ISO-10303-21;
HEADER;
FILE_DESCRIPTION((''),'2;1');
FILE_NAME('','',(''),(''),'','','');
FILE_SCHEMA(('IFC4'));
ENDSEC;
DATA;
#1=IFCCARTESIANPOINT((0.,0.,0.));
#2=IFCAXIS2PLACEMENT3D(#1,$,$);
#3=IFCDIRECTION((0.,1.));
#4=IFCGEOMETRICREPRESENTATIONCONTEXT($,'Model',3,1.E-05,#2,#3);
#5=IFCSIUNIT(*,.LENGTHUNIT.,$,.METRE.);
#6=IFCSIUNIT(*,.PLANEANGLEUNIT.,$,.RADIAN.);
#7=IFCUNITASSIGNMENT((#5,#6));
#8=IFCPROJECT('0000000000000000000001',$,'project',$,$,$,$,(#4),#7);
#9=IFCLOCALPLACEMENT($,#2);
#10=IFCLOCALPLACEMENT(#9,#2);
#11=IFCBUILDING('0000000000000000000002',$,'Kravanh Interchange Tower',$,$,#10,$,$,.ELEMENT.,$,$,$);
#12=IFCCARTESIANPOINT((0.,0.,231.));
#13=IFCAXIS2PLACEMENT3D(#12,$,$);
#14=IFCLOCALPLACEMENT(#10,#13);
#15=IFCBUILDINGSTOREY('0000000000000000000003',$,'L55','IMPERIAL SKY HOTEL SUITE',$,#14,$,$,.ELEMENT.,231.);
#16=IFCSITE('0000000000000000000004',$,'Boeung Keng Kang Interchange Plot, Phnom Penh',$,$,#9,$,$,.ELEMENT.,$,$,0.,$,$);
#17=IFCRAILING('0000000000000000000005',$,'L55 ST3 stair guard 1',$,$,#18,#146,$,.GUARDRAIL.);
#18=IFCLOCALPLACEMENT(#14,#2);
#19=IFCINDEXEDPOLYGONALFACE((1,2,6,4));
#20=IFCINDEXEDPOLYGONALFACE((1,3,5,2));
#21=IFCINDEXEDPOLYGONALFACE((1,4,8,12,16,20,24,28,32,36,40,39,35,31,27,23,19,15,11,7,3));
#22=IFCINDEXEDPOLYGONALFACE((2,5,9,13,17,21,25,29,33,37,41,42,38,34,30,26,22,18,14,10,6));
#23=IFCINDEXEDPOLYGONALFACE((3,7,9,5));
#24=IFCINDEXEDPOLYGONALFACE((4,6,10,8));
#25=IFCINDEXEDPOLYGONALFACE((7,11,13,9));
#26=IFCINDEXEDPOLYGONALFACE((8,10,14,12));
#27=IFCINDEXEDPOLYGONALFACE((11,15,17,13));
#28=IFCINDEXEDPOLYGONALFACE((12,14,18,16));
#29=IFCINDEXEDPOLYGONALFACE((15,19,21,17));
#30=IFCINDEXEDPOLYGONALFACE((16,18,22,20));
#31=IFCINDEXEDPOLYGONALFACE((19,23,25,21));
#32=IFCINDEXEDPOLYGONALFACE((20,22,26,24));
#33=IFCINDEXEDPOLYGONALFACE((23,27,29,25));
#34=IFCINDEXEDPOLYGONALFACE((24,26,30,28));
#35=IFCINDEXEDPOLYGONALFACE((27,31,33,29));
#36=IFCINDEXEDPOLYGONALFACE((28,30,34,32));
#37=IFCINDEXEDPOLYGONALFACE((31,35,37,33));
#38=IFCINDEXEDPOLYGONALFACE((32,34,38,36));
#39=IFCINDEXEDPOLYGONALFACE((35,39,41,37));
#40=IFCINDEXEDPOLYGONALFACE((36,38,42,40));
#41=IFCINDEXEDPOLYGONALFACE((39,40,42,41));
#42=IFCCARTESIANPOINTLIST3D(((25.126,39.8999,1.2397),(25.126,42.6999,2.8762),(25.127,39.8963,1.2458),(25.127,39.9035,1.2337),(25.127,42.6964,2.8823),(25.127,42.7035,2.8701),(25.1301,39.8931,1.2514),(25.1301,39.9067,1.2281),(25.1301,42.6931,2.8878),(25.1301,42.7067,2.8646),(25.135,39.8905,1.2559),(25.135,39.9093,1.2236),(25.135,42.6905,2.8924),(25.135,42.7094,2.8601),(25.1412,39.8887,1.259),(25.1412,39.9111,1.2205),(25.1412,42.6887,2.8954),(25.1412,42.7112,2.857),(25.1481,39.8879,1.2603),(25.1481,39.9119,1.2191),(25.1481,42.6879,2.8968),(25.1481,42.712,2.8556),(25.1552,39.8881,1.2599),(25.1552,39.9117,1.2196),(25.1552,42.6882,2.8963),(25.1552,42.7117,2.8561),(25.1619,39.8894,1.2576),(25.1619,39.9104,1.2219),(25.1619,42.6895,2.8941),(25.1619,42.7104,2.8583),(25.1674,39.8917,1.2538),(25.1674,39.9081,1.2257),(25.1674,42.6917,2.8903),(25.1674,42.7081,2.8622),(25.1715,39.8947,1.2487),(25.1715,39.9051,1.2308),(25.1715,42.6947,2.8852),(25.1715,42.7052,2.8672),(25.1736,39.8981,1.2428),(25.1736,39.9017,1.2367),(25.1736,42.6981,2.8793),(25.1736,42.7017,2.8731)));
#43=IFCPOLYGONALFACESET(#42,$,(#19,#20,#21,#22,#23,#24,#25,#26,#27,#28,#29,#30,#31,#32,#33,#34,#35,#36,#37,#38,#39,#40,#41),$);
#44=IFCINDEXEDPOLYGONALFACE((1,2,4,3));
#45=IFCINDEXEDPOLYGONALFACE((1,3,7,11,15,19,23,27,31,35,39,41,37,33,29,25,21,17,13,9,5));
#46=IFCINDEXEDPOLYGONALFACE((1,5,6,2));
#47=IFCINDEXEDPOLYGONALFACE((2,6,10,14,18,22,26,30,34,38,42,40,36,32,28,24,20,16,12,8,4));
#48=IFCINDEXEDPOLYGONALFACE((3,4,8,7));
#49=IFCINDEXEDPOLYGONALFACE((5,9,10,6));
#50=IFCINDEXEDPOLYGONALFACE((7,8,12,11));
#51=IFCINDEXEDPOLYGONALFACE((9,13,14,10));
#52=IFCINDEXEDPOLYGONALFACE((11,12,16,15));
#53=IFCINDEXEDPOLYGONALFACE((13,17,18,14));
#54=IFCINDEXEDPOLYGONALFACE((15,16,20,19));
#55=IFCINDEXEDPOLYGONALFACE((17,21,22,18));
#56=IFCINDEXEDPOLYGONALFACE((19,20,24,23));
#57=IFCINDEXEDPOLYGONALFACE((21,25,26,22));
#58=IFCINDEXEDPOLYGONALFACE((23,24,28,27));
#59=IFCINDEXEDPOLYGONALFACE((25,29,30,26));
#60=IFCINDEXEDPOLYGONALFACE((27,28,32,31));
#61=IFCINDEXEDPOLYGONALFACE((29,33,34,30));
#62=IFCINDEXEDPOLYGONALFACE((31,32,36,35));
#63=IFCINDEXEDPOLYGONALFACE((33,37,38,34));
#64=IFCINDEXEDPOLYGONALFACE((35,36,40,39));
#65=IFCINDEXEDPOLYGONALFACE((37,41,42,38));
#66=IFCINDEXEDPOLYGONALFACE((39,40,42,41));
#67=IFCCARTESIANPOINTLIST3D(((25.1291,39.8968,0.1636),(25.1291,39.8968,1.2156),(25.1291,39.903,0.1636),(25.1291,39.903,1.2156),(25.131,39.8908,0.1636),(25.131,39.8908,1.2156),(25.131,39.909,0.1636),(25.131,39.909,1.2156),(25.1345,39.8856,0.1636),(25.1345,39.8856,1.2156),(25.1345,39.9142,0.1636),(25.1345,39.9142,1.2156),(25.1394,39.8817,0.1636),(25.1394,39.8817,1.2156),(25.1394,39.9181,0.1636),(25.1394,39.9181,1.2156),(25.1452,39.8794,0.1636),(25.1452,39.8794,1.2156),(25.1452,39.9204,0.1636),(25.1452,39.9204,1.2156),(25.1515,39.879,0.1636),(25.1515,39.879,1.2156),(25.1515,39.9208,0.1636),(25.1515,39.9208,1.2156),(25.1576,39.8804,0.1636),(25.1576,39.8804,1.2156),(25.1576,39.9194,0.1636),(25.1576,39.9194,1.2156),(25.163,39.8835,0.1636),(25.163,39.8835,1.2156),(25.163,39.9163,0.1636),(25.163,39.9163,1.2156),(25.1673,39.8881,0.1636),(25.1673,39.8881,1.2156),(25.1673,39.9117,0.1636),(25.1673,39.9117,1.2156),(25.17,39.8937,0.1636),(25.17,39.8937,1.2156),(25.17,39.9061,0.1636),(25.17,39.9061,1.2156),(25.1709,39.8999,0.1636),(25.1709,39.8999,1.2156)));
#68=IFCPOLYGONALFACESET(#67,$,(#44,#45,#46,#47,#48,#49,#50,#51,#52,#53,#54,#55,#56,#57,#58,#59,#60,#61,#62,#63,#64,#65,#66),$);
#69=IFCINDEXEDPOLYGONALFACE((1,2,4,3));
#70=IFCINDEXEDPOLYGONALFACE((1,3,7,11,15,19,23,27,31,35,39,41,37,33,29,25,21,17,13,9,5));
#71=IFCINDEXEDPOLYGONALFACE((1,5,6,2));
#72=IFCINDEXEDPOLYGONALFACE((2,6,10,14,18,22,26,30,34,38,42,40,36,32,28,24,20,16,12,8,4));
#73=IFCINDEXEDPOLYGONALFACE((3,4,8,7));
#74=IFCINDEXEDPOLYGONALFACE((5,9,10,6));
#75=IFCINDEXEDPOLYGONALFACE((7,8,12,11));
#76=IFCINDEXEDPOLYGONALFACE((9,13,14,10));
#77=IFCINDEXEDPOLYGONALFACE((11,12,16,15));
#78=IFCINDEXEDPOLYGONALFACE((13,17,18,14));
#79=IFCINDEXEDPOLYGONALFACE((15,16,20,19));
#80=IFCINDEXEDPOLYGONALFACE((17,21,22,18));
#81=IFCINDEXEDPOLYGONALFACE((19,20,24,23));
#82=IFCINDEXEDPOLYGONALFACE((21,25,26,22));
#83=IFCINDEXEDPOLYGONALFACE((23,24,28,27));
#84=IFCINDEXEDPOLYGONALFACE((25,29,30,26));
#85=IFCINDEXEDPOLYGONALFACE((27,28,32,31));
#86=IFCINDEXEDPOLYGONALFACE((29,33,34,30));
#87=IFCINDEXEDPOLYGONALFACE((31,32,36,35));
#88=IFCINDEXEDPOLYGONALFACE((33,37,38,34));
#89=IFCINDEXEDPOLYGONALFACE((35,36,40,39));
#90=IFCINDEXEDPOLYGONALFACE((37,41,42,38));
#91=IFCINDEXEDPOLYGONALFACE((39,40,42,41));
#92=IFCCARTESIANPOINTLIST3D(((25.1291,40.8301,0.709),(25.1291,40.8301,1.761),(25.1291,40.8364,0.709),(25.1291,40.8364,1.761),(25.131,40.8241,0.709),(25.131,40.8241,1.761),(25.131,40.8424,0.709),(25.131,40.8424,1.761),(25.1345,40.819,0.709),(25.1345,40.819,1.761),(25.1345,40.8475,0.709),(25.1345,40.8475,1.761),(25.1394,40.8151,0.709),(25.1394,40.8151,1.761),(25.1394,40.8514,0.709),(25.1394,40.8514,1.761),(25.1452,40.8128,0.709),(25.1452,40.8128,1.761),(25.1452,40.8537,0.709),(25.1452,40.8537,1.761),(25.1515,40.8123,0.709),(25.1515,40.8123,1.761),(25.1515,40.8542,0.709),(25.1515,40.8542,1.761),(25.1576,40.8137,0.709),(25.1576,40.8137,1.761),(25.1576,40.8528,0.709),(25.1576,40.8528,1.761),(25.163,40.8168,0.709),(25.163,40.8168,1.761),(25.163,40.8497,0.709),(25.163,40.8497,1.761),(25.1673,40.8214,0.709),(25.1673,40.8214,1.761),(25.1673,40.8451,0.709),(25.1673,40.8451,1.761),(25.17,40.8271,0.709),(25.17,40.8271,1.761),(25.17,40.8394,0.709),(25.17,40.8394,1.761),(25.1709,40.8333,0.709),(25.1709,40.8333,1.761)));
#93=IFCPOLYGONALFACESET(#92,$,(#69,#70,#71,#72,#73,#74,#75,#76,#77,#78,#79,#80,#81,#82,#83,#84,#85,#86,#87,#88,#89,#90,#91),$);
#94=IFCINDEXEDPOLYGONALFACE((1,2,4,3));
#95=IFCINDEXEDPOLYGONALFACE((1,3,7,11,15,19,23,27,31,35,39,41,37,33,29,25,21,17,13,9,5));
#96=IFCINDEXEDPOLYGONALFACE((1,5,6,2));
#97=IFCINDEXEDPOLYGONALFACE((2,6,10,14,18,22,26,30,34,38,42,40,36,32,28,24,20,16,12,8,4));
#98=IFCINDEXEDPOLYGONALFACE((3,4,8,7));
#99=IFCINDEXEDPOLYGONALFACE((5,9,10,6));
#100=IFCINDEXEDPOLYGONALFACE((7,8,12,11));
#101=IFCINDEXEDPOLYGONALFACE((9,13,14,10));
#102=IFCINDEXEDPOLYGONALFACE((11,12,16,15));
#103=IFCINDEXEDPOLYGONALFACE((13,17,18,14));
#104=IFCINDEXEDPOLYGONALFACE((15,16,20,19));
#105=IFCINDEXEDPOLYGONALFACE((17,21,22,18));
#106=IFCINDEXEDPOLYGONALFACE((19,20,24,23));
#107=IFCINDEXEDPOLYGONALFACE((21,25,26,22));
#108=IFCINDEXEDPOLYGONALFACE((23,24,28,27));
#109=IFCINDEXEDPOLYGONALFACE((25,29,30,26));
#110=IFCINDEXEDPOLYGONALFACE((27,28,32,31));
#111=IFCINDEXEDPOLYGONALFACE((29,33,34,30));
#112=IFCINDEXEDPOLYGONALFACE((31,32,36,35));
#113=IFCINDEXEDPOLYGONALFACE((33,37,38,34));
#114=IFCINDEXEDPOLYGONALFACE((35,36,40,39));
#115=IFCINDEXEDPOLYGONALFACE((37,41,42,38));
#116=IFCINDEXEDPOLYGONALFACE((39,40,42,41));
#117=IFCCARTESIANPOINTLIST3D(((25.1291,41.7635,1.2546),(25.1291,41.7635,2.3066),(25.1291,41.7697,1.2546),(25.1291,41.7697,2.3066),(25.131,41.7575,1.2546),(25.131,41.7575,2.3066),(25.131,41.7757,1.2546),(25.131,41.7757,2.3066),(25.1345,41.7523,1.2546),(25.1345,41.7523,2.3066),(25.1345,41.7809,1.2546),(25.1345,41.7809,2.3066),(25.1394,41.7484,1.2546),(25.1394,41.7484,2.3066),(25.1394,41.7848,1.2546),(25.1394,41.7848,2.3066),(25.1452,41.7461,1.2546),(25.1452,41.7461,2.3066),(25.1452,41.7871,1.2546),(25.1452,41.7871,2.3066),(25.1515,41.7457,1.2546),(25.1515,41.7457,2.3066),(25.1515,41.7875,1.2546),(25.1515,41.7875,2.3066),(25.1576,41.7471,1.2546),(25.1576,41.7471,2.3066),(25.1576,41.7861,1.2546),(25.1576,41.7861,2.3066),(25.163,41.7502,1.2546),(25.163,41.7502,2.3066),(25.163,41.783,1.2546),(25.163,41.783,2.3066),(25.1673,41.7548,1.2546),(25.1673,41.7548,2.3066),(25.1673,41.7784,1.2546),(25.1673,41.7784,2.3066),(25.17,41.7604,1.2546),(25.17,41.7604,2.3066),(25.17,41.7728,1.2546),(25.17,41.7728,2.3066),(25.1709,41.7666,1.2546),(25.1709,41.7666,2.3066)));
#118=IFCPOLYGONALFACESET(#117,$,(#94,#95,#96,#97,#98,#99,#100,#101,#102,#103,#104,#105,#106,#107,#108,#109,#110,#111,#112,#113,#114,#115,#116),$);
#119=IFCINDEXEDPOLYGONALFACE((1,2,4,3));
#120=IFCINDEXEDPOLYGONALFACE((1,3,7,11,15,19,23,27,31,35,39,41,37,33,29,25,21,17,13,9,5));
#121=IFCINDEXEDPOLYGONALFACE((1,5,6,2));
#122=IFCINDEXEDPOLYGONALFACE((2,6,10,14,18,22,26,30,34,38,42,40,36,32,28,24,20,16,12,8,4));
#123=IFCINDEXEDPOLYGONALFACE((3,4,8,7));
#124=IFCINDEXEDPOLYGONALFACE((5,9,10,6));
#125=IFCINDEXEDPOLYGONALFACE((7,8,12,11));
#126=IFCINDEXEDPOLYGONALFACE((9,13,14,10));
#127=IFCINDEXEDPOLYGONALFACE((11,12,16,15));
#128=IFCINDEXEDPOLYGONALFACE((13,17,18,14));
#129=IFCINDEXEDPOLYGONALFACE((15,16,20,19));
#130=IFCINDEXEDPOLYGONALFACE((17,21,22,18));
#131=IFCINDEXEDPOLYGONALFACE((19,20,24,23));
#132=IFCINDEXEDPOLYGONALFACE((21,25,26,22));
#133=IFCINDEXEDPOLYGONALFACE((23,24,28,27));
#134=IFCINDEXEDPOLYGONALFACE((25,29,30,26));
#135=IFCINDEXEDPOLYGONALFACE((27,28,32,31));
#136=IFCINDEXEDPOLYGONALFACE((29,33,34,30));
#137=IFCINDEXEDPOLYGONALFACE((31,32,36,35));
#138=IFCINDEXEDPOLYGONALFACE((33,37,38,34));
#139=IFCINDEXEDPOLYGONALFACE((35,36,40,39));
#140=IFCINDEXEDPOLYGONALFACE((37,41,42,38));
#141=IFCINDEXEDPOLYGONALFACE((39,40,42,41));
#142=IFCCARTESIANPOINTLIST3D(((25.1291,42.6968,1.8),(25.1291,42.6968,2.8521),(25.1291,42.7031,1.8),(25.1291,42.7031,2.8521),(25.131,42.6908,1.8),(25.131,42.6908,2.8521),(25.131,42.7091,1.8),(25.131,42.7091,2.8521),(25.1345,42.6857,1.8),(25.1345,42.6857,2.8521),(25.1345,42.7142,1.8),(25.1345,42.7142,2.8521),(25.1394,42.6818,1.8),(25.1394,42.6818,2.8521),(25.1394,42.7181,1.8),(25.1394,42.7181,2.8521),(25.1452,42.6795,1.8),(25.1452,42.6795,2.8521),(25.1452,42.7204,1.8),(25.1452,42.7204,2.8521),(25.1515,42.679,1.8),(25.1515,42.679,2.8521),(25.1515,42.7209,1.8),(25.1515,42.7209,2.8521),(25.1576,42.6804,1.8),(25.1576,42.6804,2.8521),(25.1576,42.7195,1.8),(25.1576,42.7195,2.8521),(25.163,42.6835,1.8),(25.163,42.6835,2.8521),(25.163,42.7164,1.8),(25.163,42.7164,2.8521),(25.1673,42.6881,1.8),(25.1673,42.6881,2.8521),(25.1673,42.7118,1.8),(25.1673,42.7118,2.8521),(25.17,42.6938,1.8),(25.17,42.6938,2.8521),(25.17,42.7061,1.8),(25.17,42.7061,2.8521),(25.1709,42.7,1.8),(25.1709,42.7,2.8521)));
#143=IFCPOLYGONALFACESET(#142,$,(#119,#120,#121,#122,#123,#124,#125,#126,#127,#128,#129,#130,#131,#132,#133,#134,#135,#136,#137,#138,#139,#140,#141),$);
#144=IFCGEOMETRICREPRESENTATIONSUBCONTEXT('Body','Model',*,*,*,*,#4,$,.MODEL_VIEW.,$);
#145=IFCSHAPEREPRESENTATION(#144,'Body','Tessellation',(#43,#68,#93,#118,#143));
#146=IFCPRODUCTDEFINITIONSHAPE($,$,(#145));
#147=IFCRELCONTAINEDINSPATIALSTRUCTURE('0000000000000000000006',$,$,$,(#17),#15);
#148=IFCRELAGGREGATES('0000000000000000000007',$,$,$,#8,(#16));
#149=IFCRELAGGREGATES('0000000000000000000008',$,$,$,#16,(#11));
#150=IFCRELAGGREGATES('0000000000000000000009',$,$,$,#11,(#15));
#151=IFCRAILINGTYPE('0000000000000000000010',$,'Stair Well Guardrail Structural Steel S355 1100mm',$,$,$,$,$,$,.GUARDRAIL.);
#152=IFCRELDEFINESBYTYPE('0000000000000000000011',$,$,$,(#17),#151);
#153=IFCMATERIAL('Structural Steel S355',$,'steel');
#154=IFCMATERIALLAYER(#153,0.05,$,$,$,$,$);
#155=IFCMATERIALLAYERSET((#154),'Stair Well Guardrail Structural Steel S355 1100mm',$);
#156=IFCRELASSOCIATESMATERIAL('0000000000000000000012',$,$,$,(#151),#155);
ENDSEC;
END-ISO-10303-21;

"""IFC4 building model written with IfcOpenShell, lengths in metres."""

from ifc_helpers import new_model, si_unit, direction, frame, origin, origin_2d, place, context, subcontext, project, spatial, circle, extrude, material, layer, layer_set, type_object, element, save


model = new_model("IFC4")

# Units and contexts
model_context = context("Model", 3, precision=1e-05, world=origin(), true_north=direction((0.0, 1.0)))
body_context = subcontext(model_context, "Body", "Model", "MODEL_VIEW")
ifc_project = project(units=[si_unit("LENGTHUNIT", "METRE"), si_unit("PLANEANGLEUNIT", "RADIAN")], contexts=[model_context])

# Site, building, storey
site_placement = place(None, origin())
site = spatial("IfcSite", under=ifc_project, at=site_placement, Name="Boeung Keng Kang Interchange Plot, Phnom Penh", CompositionType="ELEMENT", RefElevation=0.0)
building_placement = place(site_placement, origin())
building = spatial("IfcBuilding", under=site, at=building_placement, Name="Kravanh Interchange Tower", CompositionType="ELEMENT")
storey_placement = place(building_placement, frame((0.0, 0.0, 231.0)))
storey = spatial("IfcBuildingStorey", under=building, at=storey_placement, Name="L55", Description="IMPERIAL SKY HOTEL SUITE", CompositionType="ELEMENT", Elevation=231.0)

# Railing
ifc_material_1 = material(Name="Structural Steel S355", Category="steel")
ifc_layer_1 = layer(ifc_material_1, 0.05)
ifc_layer_set_1 = layer_set([ifc_layer_1], Name="Stair Well Guardrail Structural Steel S355 1100mm")
railing_type_1 = type_object("IfcRailingType", Name="Stair Well Guardrail Structural Steel S355 1100mm", PredefinedType="GUARDRAIL", material=ifc_layer_set_1)
railing_1_placement = place(storey_placement, frame((25.1499, 39.8999, 0.1636)))
element("IfcRailing", 1, at=railing_1_placement, inside=storey, type_object=railing_type_1, Name="L55 ST3 stair guard 1", PredefinedType="GUARDRAIL", context=body_context, shape_type="SweptSolid", body=[
    extrude(circle(Radius=0.0239, at=origin_2d()), frame((0.0, 0.0, 1.0762), z_axis=(0.0, 0.863361, 0.504587), x_axis=(-1.0, 0.0, 0.0)), (0.0, 0.0, 1.0), 3.2432),
    extrude(circle(Radius=0.021, at=origin_2d()), origin(), (0.0, 0.0, 1.0), 1.052),
    extrude(circle(Radius=0.021, at=origin_2d()), frame((0.0, 0.9333, 0.5454)), (0.0, 0.0, 1.0), 1.052),
    extrude(circle(Radius=0.021, at=origin_2d()), frame((0.0, 1.8667, 1.0911)), (0.0, 0.0, 1.0), 1.052),
    extrude(circle(Radius=0.021, at=origin_2d()), frame((0.0, 2.8, 1.6365)), (0.0, 0.0, 1.0), 1.052),
])

save(model, "model.ifc")
